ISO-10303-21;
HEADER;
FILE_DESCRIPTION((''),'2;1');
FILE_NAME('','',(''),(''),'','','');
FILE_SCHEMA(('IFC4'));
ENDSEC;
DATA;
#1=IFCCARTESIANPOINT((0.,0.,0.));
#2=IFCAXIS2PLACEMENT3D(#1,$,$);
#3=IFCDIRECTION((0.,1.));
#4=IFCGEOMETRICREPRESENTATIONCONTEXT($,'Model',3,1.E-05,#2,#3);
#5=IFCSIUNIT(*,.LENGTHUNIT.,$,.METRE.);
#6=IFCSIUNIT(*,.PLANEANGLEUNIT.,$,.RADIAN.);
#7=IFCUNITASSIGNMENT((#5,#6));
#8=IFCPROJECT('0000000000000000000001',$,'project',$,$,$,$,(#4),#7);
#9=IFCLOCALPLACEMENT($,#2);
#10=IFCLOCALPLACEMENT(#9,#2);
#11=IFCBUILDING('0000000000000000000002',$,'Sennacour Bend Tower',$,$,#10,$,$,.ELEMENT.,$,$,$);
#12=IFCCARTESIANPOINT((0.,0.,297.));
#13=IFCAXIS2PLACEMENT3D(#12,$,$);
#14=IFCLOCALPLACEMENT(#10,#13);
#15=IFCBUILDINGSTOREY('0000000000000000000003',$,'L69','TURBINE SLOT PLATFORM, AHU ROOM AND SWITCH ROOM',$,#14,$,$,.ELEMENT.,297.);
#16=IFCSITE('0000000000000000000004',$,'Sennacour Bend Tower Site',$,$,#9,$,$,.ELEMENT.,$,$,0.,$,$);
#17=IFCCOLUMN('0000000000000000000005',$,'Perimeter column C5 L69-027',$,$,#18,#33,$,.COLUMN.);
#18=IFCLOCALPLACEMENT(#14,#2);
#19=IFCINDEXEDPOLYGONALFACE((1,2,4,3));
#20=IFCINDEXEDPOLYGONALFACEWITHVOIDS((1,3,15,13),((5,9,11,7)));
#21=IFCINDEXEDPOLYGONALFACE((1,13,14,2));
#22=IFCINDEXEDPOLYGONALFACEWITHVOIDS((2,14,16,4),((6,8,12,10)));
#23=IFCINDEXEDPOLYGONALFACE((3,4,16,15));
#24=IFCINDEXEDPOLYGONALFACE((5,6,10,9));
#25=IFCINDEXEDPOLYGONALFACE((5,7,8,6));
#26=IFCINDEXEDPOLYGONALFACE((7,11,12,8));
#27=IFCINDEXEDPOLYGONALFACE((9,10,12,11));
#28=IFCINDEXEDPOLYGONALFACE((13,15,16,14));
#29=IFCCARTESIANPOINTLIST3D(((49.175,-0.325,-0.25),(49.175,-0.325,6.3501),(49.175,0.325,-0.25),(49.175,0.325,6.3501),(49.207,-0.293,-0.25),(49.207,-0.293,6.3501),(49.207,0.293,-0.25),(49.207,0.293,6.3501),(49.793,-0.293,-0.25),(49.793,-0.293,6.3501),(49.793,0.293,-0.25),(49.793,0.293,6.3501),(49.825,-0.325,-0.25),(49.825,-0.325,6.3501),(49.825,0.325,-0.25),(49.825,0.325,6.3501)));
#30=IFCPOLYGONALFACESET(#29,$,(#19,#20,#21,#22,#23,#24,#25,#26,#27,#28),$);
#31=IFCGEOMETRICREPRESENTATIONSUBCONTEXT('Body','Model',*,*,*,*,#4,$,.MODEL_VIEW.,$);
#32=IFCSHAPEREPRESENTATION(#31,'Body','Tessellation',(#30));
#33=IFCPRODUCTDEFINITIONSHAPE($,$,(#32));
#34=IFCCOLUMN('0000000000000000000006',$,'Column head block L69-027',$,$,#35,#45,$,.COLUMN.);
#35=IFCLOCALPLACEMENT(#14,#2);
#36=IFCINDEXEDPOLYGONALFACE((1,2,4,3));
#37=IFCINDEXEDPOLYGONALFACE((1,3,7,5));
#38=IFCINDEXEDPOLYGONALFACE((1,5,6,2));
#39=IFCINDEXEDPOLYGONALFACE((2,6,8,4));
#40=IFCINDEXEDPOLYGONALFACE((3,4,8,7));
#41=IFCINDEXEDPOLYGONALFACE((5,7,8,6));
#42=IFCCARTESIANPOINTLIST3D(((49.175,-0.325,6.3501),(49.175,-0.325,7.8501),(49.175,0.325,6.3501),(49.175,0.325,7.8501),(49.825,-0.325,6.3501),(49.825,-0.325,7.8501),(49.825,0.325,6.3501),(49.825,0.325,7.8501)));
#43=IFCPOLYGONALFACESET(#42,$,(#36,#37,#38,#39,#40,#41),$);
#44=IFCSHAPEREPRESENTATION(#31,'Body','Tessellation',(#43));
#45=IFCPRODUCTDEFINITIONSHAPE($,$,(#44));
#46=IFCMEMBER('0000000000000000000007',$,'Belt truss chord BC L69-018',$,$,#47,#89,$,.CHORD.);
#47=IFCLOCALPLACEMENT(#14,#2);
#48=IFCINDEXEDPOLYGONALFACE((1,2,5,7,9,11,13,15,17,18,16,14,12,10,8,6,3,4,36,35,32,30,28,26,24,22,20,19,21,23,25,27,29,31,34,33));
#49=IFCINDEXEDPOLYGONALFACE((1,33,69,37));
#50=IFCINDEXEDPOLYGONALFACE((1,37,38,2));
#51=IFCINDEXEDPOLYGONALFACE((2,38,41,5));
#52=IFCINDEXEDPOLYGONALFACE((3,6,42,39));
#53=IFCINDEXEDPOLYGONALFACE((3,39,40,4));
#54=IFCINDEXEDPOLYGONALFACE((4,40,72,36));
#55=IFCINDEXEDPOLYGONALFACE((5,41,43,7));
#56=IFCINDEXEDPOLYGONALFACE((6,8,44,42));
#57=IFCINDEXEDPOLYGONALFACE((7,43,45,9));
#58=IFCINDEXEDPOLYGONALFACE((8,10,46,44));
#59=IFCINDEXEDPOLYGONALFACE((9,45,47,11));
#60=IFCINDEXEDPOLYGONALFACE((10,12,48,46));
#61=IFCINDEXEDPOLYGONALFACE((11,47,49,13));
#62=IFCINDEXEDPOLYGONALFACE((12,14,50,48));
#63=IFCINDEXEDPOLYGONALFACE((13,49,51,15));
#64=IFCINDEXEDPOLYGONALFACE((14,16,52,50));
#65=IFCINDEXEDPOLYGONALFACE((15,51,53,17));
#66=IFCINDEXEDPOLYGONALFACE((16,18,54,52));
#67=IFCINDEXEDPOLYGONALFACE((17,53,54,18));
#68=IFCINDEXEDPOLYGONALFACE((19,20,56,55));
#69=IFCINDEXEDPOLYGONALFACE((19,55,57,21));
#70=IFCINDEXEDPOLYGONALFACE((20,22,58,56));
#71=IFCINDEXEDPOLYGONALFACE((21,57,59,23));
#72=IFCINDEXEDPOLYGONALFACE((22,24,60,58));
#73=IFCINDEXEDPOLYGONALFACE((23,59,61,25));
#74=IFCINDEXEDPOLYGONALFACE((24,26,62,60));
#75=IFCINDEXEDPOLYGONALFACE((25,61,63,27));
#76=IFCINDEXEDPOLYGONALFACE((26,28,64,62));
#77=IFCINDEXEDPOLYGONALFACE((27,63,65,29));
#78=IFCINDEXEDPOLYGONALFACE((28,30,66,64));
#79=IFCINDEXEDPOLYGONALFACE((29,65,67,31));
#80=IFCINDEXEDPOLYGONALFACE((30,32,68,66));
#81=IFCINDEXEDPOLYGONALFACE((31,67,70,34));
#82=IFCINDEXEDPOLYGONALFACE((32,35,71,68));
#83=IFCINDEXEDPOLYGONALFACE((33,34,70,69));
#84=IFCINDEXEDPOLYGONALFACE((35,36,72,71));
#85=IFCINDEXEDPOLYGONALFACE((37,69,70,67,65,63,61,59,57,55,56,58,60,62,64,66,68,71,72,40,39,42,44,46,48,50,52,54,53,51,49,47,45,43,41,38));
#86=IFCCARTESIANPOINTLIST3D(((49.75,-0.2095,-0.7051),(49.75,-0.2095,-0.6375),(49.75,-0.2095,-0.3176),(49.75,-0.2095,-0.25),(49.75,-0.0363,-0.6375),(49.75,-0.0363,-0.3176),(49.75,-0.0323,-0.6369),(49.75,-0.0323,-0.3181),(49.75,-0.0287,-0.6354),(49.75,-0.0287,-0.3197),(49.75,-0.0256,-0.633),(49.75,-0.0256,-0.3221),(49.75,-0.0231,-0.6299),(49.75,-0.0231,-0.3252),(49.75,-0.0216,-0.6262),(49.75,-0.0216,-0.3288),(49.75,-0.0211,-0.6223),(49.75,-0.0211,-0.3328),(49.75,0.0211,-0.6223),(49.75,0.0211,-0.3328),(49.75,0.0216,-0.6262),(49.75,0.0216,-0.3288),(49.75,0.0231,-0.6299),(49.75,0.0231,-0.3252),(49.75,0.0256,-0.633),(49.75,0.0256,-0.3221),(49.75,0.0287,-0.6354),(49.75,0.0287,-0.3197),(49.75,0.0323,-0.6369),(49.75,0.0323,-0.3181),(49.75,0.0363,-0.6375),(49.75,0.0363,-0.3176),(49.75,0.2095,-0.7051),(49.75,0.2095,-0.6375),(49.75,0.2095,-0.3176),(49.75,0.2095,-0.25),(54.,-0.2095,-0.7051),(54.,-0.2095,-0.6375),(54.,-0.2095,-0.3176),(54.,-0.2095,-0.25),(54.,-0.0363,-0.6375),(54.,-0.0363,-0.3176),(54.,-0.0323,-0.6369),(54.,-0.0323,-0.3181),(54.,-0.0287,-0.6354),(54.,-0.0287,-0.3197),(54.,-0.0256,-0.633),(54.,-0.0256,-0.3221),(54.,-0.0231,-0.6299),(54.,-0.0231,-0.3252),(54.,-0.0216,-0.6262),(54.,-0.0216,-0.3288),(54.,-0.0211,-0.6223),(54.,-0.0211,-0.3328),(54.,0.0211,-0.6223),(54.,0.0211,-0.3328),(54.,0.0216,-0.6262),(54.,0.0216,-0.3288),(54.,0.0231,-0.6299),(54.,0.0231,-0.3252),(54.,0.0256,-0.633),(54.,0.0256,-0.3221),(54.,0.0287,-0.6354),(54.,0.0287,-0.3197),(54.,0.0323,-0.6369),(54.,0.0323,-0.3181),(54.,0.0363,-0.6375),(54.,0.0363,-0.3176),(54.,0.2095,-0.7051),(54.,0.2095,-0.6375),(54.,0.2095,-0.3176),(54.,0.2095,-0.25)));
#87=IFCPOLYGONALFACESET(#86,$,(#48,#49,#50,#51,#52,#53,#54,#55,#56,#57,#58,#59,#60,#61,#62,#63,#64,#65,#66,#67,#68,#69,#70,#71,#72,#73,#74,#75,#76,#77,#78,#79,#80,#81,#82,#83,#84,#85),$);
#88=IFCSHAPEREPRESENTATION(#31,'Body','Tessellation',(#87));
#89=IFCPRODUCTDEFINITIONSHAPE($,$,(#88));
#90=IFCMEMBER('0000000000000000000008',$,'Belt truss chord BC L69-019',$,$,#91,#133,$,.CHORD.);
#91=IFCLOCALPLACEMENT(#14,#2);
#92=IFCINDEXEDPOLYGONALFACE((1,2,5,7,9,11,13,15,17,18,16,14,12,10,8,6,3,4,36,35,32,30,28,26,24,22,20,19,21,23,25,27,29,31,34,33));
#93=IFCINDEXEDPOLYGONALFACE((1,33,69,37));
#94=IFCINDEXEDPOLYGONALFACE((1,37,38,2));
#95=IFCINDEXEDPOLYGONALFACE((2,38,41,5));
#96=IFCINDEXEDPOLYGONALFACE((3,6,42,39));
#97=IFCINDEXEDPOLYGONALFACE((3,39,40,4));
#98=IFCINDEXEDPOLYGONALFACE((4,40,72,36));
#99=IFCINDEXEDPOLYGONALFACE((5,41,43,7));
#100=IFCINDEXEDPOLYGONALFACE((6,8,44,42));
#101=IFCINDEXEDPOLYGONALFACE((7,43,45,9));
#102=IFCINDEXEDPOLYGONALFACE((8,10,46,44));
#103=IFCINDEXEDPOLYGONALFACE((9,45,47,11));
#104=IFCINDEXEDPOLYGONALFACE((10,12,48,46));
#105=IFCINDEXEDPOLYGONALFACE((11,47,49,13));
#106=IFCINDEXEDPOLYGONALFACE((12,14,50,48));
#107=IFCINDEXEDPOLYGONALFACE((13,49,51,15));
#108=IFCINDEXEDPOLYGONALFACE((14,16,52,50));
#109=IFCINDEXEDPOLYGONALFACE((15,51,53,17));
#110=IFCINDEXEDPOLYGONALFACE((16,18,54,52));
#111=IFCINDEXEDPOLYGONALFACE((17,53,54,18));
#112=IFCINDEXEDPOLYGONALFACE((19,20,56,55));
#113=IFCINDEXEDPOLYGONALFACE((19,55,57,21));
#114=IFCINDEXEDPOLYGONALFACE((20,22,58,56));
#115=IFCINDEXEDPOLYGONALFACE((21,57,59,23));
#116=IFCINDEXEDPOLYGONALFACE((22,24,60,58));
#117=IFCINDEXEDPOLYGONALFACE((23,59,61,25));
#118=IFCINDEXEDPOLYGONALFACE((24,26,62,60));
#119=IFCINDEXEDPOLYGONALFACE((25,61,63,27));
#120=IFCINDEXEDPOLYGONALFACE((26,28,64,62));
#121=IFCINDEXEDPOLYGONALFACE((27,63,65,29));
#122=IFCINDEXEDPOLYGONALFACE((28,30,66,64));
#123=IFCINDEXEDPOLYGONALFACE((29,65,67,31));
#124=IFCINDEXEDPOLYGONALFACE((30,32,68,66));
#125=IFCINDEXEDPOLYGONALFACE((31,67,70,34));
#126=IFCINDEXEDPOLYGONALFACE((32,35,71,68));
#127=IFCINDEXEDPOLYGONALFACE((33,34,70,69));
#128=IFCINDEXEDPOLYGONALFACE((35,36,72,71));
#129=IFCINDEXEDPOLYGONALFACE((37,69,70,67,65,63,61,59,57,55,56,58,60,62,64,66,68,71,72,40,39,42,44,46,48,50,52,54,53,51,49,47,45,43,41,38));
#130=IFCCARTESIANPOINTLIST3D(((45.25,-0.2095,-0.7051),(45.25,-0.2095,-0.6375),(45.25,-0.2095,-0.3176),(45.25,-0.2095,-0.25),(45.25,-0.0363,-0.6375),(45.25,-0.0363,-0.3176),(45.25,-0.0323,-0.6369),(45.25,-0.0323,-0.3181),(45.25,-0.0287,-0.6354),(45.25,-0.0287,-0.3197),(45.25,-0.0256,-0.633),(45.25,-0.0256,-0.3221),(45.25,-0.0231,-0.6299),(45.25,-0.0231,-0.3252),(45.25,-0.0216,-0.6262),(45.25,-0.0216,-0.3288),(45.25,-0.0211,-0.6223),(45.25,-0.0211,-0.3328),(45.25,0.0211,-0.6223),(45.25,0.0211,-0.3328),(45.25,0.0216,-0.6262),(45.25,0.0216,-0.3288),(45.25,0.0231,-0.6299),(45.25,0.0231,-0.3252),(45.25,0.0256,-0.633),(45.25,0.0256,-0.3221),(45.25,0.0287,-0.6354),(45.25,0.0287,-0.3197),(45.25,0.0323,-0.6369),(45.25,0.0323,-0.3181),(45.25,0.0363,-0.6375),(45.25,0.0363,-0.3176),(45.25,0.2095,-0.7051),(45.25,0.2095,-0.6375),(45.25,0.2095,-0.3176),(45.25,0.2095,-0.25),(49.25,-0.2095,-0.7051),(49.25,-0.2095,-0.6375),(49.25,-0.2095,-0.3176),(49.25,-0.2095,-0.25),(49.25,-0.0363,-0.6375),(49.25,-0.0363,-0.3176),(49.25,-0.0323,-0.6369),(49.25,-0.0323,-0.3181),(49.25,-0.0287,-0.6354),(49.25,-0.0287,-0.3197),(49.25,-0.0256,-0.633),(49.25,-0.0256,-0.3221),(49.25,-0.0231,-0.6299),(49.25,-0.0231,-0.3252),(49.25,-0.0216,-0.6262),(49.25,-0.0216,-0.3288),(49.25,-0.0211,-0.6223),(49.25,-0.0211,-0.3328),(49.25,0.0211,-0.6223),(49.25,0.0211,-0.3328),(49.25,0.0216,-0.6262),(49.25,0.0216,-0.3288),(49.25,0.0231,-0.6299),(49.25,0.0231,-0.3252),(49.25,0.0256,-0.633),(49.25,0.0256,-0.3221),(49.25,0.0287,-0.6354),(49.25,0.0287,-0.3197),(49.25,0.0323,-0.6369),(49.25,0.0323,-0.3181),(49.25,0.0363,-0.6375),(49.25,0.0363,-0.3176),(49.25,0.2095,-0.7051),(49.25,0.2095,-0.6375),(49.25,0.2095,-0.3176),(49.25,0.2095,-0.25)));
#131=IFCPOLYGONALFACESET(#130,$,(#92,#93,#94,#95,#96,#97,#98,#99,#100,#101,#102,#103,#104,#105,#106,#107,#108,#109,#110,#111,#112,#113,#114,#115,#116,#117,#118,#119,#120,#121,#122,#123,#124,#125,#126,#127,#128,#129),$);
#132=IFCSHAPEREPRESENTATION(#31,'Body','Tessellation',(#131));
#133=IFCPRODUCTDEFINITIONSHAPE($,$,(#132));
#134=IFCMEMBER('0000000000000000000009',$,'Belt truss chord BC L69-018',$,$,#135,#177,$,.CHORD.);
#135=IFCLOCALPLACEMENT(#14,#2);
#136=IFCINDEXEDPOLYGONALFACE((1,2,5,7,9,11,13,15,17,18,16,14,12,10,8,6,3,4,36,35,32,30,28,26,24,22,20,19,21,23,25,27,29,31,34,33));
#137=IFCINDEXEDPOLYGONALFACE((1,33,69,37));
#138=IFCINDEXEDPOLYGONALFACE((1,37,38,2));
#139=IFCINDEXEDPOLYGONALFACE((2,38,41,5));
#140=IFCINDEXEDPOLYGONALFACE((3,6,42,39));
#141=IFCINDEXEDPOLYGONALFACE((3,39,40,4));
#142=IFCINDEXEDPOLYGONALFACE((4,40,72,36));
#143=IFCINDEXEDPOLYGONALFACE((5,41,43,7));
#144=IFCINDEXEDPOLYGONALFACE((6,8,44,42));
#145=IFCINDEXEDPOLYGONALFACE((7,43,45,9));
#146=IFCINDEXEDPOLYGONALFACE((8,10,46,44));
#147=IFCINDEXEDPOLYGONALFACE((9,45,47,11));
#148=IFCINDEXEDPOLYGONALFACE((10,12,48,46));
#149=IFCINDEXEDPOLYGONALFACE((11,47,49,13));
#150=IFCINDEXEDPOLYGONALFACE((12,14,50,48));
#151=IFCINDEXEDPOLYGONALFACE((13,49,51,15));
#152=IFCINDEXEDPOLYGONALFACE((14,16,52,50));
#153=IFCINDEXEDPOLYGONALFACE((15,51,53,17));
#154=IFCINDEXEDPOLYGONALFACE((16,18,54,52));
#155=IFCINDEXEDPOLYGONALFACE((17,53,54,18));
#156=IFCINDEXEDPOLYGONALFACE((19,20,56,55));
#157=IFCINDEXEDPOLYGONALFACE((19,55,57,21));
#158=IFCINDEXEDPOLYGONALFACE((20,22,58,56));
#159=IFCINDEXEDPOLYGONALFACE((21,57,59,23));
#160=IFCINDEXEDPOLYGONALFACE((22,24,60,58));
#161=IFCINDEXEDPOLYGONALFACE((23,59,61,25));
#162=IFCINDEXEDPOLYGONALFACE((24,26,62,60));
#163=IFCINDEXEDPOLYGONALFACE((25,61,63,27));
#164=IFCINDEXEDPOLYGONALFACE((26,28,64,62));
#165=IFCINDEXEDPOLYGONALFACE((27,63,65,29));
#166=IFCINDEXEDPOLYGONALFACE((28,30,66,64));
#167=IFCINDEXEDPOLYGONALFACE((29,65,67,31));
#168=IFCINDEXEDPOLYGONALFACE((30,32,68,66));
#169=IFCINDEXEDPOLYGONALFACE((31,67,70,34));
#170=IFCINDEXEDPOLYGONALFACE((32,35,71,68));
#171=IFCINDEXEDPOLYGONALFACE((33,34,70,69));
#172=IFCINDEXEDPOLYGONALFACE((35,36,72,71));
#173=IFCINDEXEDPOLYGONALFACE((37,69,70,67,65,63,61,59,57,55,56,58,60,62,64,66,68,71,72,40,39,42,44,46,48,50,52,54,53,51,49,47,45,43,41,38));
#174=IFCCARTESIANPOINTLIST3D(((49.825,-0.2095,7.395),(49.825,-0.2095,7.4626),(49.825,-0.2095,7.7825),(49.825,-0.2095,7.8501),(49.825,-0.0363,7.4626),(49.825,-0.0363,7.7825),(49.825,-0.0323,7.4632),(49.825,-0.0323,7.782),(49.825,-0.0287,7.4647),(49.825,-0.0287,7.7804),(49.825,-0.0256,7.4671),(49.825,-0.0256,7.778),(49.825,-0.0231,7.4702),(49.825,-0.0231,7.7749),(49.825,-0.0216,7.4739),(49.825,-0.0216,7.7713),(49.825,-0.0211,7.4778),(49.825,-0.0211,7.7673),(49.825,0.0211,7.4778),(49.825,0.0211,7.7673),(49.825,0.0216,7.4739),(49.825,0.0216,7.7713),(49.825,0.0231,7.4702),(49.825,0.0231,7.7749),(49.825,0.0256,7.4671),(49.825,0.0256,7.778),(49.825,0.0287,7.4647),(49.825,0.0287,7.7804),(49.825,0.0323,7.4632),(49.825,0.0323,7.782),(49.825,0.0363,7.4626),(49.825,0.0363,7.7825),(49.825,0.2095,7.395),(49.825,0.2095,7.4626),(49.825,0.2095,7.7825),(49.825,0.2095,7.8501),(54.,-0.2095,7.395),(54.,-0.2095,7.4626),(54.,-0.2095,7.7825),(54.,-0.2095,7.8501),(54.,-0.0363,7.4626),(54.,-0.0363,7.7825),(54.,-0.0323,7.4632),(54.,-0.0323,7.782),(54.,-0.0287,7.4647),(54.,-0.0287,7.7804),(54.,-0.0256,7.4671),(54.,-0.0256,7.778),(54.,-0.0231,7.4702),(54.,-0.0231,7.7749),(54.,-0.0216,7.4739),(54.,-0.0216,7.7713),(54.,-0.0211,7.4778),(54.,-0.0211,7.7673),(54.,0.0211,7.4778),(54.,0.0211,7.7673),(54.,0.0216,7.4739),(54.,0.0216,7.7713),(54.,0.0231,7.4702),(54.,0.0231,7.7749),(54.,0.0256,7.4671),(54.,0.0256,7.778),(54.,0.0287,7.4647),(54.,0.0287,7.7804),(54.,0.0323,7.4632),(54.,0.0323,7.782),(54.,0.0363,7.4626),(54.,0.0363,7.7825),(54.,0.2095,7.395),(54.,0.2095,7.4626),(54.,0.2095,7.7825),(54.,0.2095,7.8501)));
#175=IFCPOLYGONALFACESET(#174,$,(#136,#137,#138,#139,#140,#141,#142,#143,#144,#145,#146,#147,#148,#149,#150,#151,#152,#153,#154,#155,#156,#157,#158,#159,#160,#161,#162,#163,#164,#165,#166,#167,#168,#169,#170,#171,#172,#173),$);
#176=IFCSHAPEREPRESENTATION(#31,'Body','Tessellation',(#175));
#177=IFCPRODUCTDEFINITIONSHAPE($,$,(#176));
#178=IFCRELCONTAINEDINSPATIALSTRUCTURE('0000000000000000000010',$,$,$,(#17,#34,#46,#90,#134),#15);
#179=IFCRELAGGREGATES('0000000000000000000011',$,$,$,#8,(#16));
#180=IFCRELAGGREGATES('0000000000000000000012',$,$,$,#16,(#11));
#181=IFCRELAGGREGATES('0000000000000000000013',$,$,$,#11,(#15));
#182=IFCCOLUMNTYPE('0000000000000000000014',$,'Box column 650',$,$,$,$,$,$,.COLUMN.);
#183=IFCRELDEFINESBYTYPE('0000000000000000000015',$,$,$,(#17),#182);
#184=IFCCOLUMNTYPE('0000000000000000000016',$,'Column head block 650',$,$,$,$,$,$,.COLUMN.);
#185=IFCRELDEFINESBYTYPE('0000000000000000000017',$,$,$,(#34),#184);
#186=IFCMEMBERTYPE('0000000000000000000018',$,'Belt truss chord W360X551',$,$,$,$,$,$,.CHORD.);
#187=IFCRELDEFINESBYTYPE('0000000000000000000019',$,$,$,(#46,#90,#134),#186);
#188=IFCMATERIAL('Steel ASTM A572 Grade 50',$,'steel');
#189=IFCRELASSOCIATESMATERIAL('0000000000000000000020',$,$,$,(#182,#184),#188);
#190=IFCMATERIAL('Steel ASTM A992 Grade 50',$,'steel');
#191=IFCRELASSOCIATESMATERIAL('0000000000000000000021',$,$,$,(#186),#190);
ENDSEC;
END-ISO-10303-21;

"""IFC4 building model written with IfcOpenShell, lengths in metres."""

from ifc_helpers import new_model, si_unit, direction, frame, origin, origin_2d, place, context, subcontext, project, spatial, rectangle, hollow_rectangle, i_section, extrude, material, material_profile, profile_set, type_object, element, save


model = new_model("IFC4")

# Units and contexts
model_context = context("Model", 3, precision=1e-05, world=origin(), true_north=direction((0.0, 1.0)))
body_context = subcontext(model_context, "Body", "Model", "MODEL_VIEW")
ifc_project = project(units=[si_unit("LENGTHUNIT", "METRE"), si_unit("PLANEANGLEUNIT", "RADIAN")], contexts=[model_context])

# Site, building, storey
site_placement = place(None, origin())
site = spatial("IfcSite", under=ifc_project, at=site_placement, Name="Sennacour Bend Tower Site", CompositionType="ELEMENT", RefElevation=0.0)
building_placement = place(site_placement, origin())
building = spatial("IfcBuilding", under=site, at=building_placement, Name="Sennacour Bend Tower", CompositionType="ELEMENT")
storey_placement = place(building_placement, frame((0.0, 0.0, 297.0)))
storey = spatial("IfcBuildingStorey", under=building, at=storey_placement, Name="L69", Description="TURBINE SLOT PLATFORM, AHU ROOM AND SWITCH ROOM", CompositionType="ELEMENT", Elevation=297.0)

# Columns
ifc_material_1 = material(Name="Steel ASTM A572 Grade 50", Category="steel")
ifc_material_profile_1 = material_profile(ifc_material_1, hollow_rectangle(XDim=0.6499, YDim=0.6499, WallThickness=0.032, at=origin_2d()), Name="Steel ASTM A572 Grade 50", Category="steel")
ifc_profile_set_1 = profile_set([ifc_material_profile_1], Name="Steel ASTM A572 Grade 50")
column_type_1 = type_object("IfcColumnType", Name="Box column 650", PredefinedType="COLUMN", material=ifc_profile_set_1)
column_1_placement = place(storey_placement, frame((49.5, 0.0, -0.25), z_axis=(0.0, 0.0, 1.0), x_axis=(1.0, 0.0, 0.0)))
element("IfcColumn", 1, at=column_1_placement, inside=storey, type_object=column_type_1, Name="Perimeter column C5 L69-027", PredefinedType="COLUMN", context=body_context, shape_type="SweptSolid", body=[
    extrude(hollow_rectangle(XDim=0.6499, YDim=0.6499, WallThickness=0.032, at=origin_2d()), origin(), (0.0, 0.0, 1.0), 6.6001),
])
ifc_material_profile_2 = material_profile(ifc_material_1, rectangle(XDim=0.6499, YDim=0.6499, at=origin_2d()), Name="Steel ASTM A572 Grade 50", Category="steel")
ifc_profile_set_2 = profile_set([ifc_material_profile_2], Name="Steel ASTM A572 Grade 50")
column_type_2 = type_object("IfcColumnType", Name="Column head block 650", PredefinedType="COLUMN", material=ifc_profile_set_2)
column_2_placement = place(storey_placement, frame((49.5, 0.0, 6.3501), z_axis=(0.0, 0.0, 1.0), x_axis=(1.0, 0.0, 0.0)))
element("IfcColumn", 2, at=column_2_placement, inside=storey, type_object=column_type_2, Name="Column head block L69-027", PredefinedType="COLUMN", context=body_context, shape_type="SweptSolid", body=[
    extrude(rectangle(XDim=0.6499, YDim=0.6499, at=origin_2d()), origin(), (0.0, 0.0, 1.0), 1.5),
])

# Members
ifc_material_2 = material(Name="Steel ASTM A992 Grade 50", Category="steel")
ifc_material_profile_3 = material_profile(ifc_material_2, i_section(OverallWidth=0.4189, OverallDepth=0.4551, WebThickness=0.0422, FlangeThickness=0.0676, FilletRadius=0.0151, at=origin_2d()), Name="Steel ASTM A992 Grade 50", Category="steel")
ifc_profile_set_3 = profile_set([ifc_material_profile_3], Name="Steel ASTM A992 Grade 50")
member_type_1 = type_object("IfcMemberType", Name="Belt truss chord W360X551", PredefinedType="CHORD", material=ifc_profile_set_3)
member_1_placement = place(storey_placement, frame((54.0, 0.0, -0.4775), z_axis=(-1.0, 0.0, 0.0), x_axis=(0.0, -1.0, 0.0)))
element("IfcMember", 3, at=member_1_placement, inside=storey, type_object=member_type_1, Name="Belt truss chord BC L69-018", PredefinedType="CHORD", context=body_context, shape_type="SweptSolid", body=[
    extrude(i_section(OverallWidth=0.4189, OverallDepth=0.4551, WebThickness=0.0422, FlangeThickness=0.0676, FilletRadius=0.0151, at=origin_2d()), origin(), (0.0, 0.0, 1.0), 4.25),
])
member_2_placement = place(storey_placement, frame((49.25, 0.0, -0.4775), z_axis=(-1.0, 0.0, 0.0), x_axis=(0.0, -1.0, 0.0)))
element("IfcMember", 4, at=member_2_placement, inside=storey, type_object=member_type_1, Name="Belt truss chord BC L69-019", PredefinedType="CHORD", context=body_context, shape_type="SweptSolid", body=[
    extrude(i_section(OverallWidth=0.4189, OverallDepth=0.4551, WebThickness=0.0422, FlangeThickness=0.0676, FilletRadius=0.0151, at=origin_2d()), origin(), (0.0, 0.0, 1.0), 4.0),
])
member_3_placement = place(storey_placement, frame((54.0, 0.0, 7.6226), z_axis=(-1.0, 0.0, 0.0), x_axis=(0.0, -1.0, 0.0)))
element("IfcMember", 5, at=member_3_placement, inside=storey, type_object=member_type_1, Name="Belt truss chord BC L69-018", PredefinedType="CHORD", context=body_context, shape_type="SweptSolid", body=[
    extrude(i_section(OverallWidth=0.4189, OverallDepth=0.4551, WebThickness=0.0422, FlangeThickness=0.0676, FilletRadius=0.0151, at=origin_2d()), origin(), (0.0, 0.0, 1.0), 4.175),
])

save(model, "model.ifc")
